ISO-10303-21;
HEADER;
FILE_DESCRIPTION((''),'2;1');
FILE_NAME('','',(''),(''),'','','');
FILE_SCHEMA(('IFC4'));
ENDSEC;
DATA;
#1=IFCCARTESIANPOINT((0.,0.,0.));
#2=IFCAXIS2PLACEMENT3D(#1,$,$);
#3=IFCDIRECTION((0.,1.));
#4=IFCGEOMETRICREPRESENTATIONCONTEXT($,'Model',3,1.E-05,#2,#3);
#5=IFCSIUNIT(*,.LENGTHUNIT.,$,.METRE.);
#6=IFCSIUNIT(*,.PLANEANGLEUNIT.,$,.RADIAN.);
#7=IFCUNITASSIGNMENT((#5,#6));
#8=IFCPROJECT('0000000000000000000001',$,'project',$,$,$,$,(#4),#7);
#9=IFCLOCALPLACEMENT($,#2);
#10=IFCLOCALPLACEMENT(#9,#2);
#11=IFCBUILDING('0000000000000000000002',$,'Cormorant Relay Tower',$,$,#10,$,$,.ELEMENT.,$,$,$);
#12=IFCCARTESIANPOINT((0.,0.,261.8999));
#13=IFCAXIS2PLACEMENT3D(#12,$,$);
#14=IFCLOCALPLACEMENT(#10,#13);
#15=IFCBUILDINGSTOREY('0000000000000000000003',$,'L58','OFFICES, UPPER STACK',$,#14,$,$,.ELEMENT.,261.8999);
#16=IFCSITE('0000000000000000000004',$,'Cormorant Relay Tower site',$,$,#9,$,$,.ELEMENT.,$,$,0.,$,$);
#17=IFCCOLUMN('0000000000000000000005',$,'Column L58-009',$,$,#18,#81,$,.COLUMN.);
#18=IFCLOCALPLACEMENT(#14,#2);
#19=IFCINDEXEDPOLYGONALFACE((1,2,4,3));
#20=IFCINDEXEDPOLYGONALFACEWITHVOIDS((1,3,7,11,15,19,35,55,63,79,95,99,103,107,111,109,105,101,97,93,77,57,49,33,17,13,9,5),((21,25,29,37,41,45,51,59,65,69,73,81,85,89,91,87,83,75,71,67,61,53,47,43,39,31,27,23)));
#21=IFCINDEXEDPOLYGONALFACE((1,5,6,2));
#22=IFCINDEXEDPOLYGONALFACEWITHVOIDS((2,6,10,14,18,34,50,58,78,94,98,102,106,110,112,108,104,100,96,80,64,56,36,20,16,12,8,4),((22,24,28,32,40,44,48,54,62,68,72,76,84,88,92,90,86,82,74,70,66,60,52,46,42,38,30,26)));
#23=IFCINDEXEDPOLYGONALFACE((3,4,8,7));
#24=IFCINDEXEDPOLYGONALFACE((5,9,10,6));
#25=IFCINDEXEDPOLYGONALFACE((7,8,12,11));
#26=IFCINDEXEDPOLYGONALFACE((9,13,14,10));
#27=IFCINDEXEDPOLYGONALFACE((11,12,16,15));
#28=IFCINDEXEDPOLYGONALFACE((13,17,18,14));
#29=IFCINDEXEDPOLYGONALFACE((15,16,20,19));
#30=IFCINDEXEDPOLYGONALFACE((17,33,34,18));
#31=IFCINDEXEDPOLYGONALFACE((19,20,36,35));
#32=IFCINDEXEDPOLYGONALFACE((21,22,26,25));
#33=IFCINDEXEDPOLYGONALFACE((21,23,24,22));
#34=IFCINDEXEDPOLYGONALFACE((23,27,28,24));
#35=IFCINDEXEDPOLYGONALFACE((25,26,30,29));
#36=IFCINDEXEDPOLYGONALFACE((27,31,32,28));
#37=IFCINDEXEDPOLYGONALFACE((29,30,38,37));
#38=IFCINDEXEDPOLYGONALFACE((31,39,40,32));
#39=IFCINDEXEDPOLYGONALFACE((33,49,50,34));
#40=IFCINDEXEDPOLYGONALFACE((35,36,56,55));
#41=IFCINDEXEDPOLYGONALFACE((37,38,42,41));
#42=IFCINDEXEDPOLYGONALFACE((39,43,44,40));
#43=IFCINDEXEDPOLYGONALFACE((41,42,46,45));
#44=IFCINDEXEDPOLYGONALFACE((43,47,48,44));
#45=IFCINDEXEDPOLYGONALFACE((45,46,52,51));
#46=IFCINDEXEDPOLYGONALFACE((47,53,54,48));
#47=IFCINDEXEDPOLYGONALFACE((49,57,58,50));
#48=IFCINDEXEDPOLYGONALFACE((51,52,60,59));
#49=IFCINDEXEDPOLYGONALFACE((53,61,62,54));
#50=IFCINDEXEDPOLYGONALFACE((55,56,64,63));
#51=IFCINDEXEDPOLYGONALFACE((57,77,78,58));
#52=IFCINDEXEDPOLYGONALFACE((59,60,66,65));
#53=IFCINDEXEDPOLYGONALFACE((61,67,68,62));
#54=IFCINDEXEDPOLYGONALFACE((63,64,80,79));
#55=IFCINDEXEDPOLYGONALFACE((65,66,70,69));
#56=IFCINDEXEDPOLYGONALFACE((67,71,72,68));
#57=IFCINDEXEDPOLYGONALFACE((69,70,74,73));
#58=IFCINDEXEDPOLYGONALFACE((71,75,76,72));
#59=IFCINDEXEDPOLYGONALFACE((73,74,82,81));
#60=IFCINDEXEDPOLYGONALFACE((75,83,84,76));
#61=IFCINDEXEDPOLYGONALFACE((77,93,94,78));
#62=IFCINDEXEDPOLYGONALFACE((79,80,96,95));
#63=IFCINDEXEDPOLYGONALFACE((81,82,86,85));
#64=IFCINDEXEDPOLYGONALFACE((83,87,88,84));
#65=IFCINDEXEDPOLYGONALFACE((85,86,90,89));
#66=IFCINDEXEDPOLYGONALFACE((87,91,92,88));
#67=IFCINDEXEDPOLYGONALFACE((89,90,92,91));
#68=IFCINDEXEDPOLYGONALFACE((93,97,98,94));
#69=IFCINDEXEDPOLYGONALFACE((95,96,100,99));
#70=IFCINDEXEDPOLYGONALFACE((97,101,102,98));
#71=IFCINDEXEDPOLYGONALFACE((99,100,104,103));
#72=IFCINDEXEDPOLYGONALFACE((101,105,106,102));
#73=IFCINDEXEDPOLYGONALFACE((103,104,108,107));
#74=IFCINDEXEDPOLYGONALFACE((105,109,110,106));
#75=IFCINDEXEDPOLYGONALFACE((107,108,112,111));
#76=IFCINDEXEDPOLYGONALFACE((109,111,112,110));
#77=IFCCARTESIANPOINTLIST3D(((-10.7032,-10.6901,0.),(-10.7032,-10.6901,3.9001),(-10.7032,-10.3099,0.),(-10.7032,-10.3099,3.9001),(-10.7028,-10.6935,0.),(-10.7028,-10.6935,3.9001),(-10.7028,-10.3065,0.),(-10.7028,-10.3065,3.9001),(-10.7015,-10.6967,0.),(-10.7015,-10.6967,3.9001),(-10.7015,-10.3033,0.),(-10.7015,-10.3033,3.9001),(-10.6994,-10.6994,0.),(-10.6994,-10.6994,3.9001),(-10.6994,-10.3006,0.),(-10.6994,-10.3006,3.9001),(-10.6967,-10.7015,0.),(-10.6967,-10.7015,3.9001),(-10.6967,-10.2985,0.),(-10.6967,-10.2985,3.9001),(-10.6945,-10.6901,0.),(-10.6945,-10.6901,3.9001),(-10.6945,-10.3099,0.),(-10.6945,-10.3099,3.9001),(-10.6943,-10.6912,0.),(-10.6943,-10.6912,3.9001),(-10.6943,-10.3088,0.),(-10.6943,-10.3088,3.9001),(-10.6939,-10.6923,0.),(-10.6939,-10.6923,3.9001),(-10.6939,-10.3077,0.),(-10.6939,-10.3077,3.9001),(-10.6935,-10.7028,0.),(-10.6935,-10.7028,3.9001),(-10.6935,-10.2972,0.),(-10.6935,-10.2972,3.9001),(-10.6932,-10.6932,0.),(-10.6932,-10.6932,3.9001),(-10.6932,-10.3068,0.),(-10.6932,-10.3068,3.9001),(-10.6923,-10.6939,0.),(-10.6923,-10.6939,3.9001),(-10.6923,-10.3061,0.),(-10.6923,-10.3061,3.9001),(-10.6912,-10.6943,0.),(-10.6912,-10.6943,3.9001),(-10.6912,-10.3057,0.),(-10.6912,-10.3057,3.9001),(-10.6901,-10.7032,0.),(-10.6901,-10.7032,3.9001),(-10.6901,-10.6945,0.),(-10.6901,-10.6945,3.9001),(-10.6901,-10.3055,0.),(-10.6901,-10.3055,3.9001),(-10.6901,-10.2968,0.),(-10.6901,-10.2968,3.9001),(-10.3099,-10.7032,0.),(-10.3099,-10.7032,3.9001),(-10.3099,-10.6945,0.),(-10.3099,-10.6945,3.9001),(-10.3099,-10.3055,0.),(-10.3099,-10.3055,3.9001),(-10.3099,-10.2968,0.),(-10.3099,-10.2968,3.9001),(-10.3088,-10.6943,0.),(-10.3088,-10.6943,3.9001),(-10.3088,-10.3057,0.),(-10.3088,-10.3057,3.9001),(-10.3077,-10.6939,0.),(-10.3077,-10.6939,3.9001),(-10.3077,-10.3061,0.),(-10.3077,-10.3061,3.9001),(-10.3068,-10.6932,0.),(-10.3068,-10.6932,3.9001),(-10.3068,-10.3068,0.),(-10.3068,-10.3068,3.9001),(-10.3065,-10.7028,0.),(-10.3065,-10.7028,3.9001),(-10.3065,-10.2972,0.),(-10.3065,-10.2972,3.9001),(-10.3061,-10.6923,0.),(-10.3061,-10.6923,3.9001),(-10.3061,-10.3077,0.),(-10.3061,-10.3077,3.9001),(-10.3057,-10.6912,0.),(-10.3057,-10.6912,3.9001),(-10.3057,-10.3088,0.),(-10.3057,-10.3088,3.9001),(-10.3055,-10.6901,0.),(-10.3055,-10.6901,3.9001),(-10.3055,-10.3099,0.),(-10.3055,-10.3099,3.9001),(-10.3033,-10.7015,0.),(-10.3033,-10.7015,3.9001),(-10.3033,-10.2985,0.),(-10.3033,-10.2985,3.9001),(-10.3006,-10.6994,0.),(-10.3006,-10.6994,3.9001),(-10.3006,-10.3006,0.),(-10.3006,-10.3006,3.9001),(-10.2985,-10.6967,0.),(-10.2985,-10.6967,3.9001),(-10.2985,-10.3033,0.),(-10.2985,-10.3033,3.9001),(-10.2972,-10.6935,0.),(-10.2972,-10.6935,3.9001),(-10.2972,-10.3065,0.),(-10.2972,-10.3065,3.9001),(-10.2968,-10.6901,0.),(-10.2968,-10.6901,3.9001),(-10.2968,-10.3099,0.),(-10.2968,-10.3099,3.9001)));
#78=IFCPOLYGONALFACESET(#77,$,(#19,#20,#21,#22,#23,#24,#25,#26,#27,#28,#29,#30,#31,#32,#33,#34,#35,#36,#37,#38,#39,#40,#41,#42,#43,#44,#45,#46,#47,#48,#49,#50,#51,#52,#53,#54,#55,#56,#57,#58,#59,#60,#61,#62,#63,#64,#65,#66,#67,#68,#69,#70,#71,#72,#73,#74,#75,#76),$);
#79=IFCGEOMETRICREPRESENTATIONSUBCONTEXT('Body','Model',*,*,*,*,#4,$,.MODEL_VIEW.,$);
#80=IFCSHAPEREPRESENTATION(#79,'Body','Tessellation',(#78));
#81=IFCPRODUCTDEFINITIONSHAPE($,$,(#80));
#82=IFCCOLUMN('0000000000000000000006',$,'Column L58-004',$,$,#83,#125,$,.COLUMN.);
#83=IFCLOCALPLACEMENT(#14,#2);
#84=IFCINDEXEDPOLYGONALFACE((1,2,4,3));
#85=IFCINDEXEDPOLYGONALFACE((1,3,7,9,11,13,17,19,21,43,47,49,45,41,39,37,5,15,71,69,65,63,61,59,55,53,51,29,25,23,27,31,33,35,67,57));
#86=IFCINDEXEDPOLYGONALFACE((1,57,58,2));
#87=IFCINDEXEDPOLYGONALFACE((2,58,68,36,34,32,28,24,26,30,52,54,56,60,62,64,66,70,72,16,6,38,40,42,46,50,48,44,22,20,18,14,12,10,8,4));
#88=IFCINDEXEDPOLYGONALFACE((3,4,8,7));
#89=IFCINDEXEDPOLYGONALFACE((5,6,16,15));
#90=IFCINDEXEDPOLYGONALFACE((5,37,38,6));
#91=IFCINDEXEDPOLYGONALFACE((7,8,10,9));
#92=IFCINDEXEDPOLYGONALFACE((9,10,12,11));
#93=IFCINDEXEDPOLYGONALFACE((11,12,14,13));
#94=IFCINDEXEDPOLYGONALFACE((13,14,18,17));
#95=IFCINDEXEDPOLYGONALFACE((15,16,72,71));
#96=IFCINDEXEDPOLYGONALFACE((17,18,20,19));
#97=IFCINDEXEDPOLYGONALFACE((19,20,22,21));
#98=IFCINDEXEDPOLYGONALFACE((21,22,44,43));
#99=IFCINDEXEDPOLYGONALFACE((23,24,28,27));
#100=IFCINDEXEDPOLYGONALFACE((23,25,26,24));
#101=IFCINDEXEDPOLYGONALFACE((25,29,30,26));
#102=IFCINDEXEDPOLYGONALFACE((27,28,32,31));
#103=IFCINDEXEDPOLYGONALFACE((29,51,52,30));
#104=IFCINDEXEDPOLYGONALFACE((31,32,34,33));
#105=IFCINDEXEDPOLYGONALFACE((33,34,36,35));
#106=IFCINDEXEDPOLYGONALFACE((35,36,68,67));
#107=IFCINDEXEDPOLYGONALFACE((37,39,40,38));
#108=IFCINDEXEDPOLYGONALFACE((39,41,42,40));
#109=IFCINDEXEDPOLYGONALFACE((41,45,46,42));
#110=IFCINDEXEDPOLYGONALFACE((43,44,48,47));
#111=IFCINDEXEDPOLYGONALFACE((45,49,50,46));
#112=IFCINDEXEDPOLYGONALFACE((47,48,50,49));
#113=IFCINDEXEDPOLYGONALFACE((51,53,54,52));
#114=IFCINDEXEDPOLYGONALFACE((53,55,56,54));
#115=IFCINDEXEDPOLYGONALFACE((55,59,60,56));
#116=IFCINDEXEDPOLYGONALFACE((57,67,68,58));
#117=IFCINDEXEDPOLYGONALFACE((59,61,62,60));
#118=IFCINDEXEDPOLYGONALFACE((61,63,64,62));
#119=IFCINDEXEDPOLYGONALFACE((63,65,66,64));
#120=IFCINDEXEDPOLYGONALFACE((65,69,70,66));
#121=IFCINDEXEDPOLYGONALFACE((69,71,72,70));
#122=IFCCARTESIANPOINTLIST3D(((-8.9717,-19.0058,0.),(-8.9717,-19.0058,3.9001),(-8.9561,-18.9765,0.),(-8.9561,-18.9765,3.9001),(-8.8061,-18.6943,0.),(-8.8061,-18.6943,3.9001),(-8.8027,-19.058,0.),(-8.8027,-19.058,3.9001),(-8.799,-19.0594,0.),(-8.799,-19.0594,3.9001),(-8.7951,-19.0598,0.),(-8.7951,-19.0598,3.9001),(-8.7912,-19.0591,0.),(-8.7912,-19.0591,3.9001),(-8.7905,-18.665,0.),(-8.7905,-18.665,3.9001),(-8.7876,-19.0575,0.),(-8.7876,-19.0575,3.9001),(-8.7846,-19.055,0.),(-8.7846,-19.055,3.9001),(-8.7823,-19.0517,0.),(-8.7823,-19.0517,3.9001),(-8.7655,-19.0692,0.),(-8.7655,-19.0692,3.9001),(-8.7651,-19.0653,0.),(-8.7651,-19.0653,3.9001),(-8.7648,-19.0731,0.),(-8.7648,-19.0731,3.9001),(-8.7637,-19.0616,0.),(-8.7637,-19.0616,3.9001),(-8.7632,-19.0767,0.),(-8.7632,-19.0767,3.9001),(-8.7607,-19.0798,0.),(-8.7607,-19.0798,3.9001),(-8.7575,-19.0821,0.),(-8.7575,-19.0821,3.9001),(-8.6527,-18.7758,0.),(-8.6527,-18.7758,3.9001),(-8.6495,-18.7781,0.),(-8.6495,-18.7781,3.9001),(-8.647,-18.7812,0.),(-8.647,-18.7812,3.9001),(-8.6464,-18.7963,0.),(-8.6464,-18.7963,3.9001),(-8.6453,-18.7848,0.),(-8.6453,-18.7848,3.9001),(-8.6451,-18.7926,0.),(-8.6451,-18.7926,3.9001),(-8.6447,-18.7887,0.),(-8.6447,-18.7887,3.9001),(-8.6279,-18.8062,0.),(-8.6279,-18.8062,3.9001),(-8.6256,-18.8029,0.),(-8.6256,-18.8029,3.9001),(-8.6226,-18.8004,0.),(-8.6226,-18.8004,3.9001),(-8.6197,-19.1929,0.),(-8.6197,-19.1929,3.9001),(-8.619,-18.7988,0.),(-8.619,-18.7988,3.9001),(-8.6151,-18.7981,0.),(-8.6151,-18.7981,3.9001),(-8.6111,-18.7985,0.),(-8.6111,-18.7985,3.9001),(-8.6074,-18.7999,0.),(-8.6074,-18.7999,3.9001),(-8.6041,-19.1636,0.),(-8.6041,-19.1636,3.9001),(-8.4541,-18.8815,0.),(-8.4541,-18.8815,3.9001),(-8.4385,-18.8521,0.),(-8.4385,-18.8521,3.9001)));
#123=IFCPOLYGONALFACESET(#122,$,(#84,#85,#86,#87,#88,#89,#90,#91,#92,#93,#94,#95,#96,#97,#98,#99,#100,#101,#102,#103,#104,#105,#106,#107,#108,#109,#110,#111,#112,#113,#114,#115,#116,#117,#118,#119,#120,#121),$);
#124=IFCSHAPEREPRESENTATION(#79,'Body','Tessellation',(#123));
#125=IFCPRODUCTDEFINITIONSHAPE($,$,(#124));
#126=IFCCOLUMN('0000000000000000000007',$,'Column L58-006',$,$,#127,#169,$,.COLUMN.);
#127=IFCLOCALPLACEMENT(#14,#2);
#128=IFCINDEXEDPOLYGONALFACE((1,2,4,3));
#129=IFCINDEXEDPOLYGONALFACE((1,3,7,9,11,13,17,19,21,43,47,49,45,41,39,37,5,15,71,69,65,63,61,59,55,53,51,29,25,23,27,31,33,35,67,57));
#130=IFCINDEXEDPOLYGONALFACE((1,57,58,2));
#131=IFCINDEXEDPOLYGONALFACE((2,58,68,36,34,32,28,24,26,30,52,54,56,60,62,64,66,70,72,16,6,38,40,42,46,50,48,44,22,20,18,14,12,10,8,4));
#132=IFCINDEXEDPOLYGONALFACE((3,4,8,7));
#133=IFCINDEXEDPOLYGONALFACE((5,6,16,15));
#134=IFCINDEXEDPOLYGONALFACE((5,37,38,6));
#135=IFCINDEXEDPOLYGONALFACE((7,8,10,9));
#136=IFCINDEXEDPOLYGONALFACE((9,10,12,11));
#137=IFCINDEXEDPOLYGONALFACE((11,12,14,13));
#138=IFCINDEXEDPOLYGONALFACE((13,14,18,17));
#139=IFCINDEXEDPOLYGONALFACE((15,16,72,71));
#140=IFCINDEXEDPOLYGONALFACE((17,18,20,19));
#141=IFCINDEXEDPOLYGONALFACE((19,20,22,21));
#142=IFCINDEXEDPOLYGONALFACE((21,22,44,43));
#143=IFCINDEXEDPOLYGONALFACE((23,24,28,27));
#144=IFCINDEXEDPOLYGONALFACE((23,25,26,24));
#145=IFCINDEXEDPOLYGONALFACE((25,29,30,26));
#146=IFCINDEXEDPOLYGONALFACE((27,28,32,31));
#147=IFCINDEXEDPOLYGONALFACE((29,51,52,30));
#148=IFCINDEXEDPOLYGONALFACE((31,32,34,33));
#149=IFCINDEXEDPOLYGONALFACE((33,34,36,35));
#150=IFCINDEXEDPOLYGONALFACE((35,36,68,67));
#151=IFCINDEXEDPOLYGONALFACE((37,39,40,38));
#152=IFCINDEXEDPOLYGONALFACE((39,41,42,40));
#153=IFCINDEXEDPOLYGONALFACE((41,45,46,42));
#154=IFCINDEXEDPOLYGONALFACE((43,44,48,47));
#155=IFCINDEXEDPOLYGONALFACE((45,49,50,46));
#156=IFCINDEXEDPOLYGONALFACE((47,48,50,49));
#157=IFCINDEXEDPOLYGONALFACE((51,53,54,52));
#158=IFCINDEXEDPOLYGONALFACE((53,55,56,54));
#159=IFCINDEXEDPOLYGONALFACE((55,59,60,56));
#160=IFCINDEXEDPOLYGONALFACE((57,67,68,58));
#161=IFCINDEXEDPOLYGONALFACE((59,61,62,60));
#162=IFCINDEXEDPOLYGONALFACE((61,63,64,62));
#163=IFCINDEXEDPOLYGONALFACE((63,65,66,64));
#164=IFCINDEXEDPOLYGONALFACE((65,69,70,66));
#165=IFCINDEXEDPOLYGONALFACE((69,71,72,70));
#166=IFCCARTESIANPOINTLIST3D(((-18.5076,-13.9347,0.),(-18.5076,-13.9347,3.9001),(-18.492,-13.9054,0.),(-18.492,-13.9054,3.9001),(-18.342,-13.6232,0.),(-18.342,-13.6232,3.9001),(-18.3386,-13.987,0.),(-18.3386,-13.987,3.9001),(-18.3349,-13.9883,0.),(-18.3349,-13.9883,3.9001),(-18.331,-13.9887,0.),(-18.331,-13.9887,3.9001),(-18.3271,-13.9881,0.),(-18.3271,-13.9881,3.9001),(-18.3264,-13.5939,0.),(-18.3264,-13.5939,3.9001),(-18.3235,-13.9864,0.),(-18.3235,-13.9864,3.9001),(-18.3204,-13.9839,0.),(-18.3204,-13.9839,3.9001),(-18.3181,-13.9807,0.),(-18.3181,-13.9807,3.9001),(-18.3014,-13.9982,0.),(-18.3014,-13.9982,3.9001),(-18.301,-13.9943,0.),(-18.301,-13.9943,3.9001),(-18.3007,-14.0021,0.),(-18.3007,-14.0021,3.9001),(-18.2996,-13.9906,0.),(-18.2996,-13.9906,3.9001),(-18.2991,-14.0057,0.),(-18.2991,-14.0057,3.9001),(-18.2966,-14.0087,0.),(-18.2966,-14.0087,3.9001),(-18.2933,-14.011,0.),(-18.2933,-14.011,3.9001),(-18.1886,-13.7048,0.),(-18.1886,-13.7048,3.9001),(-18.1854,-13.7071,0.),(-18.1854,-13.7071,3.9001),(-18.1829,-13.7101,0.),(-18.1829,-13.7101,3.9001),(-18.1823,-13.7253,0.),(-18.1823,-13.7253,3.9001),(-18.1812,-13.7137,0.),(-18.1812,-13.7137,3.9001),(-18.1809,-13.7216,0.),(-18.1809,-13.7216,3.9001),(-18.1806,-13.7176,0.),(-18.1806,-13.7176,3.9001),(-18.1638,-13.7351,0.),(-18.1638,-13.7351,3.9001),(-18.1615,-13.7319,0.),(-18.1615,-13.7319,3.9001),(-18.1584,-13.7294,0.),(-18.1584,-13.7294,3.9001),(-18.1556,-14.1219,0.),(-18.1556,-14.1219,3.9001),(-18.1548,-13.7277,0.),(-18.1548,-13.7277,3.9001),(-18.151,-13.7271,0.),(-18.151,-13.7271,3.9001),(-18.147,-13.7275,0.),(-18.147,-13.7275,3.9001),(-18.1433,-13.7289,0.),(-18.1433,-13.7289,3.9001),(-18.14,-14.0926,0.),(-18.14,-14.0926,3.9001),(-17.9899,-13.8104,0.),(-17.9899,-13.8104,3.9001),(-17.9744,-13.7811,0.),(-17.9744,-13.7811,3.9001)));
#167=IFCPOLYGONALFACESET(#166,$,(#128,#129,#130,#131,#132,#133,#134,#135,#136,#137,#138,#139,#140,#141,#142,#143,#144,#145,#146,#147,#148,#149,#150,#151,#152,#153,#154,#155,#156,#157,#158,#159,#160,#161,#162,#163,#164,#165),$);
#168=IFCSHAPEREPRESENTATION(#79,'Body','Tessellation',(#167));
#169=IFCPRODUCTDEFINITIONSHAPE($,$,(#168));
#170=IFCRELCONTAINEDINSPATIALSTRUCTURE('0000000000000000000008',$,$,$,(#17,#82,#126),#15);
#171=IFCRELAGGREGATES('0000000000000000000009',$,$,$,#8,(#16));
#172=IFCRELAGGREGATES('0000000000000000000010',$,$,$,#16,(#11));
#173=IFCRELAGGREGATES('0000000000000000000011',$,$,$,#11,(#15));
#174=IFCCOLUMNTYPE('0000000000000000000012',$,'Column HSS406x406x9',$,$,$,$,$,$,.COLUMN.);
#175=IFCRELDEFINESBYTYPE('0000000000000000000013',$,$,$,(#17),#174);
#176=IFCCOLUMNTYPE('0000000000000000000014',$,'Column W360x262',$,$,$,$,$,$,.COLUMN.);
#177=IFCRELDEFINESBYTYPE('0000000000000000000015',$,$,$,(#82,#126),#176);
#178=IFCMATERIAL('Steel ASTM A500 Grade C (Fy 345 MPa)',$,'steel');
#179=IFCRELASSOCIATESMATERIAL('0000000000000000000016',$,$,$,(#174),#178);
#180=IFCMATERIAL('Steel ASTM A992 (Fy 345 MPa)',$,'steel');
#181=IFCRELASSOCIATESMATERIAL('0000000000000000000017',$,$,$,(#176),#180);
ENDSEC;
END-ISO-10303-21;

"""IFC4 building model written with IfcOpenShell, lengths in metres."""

from ifc_helpers import new_model, si_unit, direction, frame, origin, origin_2d, place, context, subcontext, project, spatial, hollow_rectangle, i_section, extrude, material, material_profile, profile_set, type_object, element, save


model = new_model("IFC4")

# Units and contexts
model_context = context("Model", 3, precision=1e-05, world=origin(), true_north=direction((0.0, 1.0)))
body_context = subcontext(model_context, "Body", "Model", "MODEL_VIEW")
ifc_project = project(units=[si_unit("LENGTHUNIT", "METRE"), si_unit("PLANEANGLEUNIT", "RADIAN")], contexts=[model_context])

# Site, building, storey
site_placement = place(None, origin())
site = spatial("IfcSite", under=ifc_project, at=site_placement, Name="Cormorant Relay Tower site", CompositionType="ELEMENT", RefElevation=0.0)
building_placement = place(site_placement, origin())
building = spatial("IfcBuilding", under=site, at=building_placement, Name="Cormorant Relay Tower", CompositionType="ELEMENT")
storey_placement = place(building_placement, frame((0.0, 0.0, 261.8999)))
storey = spatial("IfcBuildingStorey", under=building, at=storey_placement, Name="L58", Description="OFFICES, UPPER STACK", CompositionType="ELEMENT", Elevation=261.8999)

# Columns
ifc_material_1 = material(Name="Steel ASTM A500 Grade C (Fy 345 MPa)", Category="steel")
ifc_material_profile_1 = material_profile(ifc_material_1, hollow_rectangle(XDim=0.4065, YDim=0.4065, WallThickness=0.0088, InnerFilletRadius=0.0044, OuterFilletRadius=0.0132, at=origin_2d()), Name="HSS406x406x9")
ifc_profile_set_1 = profile_set([ifc_material_profile_1], Name="Steel ASTM A500 Grade C (Fy 345 MPa)")
column_type_1 = type_object("IfcColumnType", Name="Column HSS406x406x9", PredefinedType="COLUMN", material=ifc_profile_set_1)
column_placement = place(storey_placement, frame((-10.5, -10.5, 0.0), z_axis=(0.0, 0.0, 1.0), x_axis=(1.0, 0.0, 0.0)))
element("IfcColumn", 1, at=column_placement, inside=storey, type_object=column_type_1, Name="Column L58-009", PredefinedType="COLUMN", context=body_context, shape_type="SweptSolid", body=[
    extrude(hollow_rectangle(XDim=0.4065, YDim=0.4065, WallThickness=0.0088, InnerFilletRadius=0.0044, OuterFilletRadius=0.0132, at=origin_2d()), origin(), (0.0, 0.0, 1.0), 3.9001),
])
ifc_material_2 = material(Name="Steel ASTM A992 (Fy 345 MPa)", Category="steel")
ifc_material_profile_2 = material_profile(ifc_material_2, i_section(OverallWidth=0.3987, OverallDepth=0.386, WebThickness=0.021, FlangeThickness=0.0332, FilletRadius=0.0151, at=origin_2d()), Name="W360x262")
ifc_profile_set_2 = profile_set([ifc_material_profile_2], Name="Steel ASTM A992 (Fy 345 MPa)")
column_type_2 = type_object("IfcColumnType", Name="Column W360x262", PredefinedType="COLUMN", material=ifc_profile_set_2)
for number, where, z_axis, x_axis, name in (
    (2, (-8.7051, -18.929, 0.0), (0.0, 0.0, 1.0), (0.882948, -0.469472, 0.0), "Column L58-004"),
    (3, (-18.241, -13.8579, 0.0), (0.0, 0.0, 1.0), (0.882948, -0.469472, 0.0), "Column L58-006"),
):
    element("IfcColumn", number, at=place(storey_placement, frame(where, z_axis=z_axis, x_axis=x_axis)), inside=storey, type_object=column_type_2, Name=name, PredefinedType="COLUMN", context=body_context, shape_type="SweptSolid", body=[
        extrude(i_section(OverallWidth=0.3987, OverallDepth=0.386, WebThickness=0.021, FlangeThickness=0.0332, FilletRadius=0.0151, at=origin_2d()), origin(), (0.0, 0.0, 1.0), 3.9001),
    ])

save(model, "model.ifc")
